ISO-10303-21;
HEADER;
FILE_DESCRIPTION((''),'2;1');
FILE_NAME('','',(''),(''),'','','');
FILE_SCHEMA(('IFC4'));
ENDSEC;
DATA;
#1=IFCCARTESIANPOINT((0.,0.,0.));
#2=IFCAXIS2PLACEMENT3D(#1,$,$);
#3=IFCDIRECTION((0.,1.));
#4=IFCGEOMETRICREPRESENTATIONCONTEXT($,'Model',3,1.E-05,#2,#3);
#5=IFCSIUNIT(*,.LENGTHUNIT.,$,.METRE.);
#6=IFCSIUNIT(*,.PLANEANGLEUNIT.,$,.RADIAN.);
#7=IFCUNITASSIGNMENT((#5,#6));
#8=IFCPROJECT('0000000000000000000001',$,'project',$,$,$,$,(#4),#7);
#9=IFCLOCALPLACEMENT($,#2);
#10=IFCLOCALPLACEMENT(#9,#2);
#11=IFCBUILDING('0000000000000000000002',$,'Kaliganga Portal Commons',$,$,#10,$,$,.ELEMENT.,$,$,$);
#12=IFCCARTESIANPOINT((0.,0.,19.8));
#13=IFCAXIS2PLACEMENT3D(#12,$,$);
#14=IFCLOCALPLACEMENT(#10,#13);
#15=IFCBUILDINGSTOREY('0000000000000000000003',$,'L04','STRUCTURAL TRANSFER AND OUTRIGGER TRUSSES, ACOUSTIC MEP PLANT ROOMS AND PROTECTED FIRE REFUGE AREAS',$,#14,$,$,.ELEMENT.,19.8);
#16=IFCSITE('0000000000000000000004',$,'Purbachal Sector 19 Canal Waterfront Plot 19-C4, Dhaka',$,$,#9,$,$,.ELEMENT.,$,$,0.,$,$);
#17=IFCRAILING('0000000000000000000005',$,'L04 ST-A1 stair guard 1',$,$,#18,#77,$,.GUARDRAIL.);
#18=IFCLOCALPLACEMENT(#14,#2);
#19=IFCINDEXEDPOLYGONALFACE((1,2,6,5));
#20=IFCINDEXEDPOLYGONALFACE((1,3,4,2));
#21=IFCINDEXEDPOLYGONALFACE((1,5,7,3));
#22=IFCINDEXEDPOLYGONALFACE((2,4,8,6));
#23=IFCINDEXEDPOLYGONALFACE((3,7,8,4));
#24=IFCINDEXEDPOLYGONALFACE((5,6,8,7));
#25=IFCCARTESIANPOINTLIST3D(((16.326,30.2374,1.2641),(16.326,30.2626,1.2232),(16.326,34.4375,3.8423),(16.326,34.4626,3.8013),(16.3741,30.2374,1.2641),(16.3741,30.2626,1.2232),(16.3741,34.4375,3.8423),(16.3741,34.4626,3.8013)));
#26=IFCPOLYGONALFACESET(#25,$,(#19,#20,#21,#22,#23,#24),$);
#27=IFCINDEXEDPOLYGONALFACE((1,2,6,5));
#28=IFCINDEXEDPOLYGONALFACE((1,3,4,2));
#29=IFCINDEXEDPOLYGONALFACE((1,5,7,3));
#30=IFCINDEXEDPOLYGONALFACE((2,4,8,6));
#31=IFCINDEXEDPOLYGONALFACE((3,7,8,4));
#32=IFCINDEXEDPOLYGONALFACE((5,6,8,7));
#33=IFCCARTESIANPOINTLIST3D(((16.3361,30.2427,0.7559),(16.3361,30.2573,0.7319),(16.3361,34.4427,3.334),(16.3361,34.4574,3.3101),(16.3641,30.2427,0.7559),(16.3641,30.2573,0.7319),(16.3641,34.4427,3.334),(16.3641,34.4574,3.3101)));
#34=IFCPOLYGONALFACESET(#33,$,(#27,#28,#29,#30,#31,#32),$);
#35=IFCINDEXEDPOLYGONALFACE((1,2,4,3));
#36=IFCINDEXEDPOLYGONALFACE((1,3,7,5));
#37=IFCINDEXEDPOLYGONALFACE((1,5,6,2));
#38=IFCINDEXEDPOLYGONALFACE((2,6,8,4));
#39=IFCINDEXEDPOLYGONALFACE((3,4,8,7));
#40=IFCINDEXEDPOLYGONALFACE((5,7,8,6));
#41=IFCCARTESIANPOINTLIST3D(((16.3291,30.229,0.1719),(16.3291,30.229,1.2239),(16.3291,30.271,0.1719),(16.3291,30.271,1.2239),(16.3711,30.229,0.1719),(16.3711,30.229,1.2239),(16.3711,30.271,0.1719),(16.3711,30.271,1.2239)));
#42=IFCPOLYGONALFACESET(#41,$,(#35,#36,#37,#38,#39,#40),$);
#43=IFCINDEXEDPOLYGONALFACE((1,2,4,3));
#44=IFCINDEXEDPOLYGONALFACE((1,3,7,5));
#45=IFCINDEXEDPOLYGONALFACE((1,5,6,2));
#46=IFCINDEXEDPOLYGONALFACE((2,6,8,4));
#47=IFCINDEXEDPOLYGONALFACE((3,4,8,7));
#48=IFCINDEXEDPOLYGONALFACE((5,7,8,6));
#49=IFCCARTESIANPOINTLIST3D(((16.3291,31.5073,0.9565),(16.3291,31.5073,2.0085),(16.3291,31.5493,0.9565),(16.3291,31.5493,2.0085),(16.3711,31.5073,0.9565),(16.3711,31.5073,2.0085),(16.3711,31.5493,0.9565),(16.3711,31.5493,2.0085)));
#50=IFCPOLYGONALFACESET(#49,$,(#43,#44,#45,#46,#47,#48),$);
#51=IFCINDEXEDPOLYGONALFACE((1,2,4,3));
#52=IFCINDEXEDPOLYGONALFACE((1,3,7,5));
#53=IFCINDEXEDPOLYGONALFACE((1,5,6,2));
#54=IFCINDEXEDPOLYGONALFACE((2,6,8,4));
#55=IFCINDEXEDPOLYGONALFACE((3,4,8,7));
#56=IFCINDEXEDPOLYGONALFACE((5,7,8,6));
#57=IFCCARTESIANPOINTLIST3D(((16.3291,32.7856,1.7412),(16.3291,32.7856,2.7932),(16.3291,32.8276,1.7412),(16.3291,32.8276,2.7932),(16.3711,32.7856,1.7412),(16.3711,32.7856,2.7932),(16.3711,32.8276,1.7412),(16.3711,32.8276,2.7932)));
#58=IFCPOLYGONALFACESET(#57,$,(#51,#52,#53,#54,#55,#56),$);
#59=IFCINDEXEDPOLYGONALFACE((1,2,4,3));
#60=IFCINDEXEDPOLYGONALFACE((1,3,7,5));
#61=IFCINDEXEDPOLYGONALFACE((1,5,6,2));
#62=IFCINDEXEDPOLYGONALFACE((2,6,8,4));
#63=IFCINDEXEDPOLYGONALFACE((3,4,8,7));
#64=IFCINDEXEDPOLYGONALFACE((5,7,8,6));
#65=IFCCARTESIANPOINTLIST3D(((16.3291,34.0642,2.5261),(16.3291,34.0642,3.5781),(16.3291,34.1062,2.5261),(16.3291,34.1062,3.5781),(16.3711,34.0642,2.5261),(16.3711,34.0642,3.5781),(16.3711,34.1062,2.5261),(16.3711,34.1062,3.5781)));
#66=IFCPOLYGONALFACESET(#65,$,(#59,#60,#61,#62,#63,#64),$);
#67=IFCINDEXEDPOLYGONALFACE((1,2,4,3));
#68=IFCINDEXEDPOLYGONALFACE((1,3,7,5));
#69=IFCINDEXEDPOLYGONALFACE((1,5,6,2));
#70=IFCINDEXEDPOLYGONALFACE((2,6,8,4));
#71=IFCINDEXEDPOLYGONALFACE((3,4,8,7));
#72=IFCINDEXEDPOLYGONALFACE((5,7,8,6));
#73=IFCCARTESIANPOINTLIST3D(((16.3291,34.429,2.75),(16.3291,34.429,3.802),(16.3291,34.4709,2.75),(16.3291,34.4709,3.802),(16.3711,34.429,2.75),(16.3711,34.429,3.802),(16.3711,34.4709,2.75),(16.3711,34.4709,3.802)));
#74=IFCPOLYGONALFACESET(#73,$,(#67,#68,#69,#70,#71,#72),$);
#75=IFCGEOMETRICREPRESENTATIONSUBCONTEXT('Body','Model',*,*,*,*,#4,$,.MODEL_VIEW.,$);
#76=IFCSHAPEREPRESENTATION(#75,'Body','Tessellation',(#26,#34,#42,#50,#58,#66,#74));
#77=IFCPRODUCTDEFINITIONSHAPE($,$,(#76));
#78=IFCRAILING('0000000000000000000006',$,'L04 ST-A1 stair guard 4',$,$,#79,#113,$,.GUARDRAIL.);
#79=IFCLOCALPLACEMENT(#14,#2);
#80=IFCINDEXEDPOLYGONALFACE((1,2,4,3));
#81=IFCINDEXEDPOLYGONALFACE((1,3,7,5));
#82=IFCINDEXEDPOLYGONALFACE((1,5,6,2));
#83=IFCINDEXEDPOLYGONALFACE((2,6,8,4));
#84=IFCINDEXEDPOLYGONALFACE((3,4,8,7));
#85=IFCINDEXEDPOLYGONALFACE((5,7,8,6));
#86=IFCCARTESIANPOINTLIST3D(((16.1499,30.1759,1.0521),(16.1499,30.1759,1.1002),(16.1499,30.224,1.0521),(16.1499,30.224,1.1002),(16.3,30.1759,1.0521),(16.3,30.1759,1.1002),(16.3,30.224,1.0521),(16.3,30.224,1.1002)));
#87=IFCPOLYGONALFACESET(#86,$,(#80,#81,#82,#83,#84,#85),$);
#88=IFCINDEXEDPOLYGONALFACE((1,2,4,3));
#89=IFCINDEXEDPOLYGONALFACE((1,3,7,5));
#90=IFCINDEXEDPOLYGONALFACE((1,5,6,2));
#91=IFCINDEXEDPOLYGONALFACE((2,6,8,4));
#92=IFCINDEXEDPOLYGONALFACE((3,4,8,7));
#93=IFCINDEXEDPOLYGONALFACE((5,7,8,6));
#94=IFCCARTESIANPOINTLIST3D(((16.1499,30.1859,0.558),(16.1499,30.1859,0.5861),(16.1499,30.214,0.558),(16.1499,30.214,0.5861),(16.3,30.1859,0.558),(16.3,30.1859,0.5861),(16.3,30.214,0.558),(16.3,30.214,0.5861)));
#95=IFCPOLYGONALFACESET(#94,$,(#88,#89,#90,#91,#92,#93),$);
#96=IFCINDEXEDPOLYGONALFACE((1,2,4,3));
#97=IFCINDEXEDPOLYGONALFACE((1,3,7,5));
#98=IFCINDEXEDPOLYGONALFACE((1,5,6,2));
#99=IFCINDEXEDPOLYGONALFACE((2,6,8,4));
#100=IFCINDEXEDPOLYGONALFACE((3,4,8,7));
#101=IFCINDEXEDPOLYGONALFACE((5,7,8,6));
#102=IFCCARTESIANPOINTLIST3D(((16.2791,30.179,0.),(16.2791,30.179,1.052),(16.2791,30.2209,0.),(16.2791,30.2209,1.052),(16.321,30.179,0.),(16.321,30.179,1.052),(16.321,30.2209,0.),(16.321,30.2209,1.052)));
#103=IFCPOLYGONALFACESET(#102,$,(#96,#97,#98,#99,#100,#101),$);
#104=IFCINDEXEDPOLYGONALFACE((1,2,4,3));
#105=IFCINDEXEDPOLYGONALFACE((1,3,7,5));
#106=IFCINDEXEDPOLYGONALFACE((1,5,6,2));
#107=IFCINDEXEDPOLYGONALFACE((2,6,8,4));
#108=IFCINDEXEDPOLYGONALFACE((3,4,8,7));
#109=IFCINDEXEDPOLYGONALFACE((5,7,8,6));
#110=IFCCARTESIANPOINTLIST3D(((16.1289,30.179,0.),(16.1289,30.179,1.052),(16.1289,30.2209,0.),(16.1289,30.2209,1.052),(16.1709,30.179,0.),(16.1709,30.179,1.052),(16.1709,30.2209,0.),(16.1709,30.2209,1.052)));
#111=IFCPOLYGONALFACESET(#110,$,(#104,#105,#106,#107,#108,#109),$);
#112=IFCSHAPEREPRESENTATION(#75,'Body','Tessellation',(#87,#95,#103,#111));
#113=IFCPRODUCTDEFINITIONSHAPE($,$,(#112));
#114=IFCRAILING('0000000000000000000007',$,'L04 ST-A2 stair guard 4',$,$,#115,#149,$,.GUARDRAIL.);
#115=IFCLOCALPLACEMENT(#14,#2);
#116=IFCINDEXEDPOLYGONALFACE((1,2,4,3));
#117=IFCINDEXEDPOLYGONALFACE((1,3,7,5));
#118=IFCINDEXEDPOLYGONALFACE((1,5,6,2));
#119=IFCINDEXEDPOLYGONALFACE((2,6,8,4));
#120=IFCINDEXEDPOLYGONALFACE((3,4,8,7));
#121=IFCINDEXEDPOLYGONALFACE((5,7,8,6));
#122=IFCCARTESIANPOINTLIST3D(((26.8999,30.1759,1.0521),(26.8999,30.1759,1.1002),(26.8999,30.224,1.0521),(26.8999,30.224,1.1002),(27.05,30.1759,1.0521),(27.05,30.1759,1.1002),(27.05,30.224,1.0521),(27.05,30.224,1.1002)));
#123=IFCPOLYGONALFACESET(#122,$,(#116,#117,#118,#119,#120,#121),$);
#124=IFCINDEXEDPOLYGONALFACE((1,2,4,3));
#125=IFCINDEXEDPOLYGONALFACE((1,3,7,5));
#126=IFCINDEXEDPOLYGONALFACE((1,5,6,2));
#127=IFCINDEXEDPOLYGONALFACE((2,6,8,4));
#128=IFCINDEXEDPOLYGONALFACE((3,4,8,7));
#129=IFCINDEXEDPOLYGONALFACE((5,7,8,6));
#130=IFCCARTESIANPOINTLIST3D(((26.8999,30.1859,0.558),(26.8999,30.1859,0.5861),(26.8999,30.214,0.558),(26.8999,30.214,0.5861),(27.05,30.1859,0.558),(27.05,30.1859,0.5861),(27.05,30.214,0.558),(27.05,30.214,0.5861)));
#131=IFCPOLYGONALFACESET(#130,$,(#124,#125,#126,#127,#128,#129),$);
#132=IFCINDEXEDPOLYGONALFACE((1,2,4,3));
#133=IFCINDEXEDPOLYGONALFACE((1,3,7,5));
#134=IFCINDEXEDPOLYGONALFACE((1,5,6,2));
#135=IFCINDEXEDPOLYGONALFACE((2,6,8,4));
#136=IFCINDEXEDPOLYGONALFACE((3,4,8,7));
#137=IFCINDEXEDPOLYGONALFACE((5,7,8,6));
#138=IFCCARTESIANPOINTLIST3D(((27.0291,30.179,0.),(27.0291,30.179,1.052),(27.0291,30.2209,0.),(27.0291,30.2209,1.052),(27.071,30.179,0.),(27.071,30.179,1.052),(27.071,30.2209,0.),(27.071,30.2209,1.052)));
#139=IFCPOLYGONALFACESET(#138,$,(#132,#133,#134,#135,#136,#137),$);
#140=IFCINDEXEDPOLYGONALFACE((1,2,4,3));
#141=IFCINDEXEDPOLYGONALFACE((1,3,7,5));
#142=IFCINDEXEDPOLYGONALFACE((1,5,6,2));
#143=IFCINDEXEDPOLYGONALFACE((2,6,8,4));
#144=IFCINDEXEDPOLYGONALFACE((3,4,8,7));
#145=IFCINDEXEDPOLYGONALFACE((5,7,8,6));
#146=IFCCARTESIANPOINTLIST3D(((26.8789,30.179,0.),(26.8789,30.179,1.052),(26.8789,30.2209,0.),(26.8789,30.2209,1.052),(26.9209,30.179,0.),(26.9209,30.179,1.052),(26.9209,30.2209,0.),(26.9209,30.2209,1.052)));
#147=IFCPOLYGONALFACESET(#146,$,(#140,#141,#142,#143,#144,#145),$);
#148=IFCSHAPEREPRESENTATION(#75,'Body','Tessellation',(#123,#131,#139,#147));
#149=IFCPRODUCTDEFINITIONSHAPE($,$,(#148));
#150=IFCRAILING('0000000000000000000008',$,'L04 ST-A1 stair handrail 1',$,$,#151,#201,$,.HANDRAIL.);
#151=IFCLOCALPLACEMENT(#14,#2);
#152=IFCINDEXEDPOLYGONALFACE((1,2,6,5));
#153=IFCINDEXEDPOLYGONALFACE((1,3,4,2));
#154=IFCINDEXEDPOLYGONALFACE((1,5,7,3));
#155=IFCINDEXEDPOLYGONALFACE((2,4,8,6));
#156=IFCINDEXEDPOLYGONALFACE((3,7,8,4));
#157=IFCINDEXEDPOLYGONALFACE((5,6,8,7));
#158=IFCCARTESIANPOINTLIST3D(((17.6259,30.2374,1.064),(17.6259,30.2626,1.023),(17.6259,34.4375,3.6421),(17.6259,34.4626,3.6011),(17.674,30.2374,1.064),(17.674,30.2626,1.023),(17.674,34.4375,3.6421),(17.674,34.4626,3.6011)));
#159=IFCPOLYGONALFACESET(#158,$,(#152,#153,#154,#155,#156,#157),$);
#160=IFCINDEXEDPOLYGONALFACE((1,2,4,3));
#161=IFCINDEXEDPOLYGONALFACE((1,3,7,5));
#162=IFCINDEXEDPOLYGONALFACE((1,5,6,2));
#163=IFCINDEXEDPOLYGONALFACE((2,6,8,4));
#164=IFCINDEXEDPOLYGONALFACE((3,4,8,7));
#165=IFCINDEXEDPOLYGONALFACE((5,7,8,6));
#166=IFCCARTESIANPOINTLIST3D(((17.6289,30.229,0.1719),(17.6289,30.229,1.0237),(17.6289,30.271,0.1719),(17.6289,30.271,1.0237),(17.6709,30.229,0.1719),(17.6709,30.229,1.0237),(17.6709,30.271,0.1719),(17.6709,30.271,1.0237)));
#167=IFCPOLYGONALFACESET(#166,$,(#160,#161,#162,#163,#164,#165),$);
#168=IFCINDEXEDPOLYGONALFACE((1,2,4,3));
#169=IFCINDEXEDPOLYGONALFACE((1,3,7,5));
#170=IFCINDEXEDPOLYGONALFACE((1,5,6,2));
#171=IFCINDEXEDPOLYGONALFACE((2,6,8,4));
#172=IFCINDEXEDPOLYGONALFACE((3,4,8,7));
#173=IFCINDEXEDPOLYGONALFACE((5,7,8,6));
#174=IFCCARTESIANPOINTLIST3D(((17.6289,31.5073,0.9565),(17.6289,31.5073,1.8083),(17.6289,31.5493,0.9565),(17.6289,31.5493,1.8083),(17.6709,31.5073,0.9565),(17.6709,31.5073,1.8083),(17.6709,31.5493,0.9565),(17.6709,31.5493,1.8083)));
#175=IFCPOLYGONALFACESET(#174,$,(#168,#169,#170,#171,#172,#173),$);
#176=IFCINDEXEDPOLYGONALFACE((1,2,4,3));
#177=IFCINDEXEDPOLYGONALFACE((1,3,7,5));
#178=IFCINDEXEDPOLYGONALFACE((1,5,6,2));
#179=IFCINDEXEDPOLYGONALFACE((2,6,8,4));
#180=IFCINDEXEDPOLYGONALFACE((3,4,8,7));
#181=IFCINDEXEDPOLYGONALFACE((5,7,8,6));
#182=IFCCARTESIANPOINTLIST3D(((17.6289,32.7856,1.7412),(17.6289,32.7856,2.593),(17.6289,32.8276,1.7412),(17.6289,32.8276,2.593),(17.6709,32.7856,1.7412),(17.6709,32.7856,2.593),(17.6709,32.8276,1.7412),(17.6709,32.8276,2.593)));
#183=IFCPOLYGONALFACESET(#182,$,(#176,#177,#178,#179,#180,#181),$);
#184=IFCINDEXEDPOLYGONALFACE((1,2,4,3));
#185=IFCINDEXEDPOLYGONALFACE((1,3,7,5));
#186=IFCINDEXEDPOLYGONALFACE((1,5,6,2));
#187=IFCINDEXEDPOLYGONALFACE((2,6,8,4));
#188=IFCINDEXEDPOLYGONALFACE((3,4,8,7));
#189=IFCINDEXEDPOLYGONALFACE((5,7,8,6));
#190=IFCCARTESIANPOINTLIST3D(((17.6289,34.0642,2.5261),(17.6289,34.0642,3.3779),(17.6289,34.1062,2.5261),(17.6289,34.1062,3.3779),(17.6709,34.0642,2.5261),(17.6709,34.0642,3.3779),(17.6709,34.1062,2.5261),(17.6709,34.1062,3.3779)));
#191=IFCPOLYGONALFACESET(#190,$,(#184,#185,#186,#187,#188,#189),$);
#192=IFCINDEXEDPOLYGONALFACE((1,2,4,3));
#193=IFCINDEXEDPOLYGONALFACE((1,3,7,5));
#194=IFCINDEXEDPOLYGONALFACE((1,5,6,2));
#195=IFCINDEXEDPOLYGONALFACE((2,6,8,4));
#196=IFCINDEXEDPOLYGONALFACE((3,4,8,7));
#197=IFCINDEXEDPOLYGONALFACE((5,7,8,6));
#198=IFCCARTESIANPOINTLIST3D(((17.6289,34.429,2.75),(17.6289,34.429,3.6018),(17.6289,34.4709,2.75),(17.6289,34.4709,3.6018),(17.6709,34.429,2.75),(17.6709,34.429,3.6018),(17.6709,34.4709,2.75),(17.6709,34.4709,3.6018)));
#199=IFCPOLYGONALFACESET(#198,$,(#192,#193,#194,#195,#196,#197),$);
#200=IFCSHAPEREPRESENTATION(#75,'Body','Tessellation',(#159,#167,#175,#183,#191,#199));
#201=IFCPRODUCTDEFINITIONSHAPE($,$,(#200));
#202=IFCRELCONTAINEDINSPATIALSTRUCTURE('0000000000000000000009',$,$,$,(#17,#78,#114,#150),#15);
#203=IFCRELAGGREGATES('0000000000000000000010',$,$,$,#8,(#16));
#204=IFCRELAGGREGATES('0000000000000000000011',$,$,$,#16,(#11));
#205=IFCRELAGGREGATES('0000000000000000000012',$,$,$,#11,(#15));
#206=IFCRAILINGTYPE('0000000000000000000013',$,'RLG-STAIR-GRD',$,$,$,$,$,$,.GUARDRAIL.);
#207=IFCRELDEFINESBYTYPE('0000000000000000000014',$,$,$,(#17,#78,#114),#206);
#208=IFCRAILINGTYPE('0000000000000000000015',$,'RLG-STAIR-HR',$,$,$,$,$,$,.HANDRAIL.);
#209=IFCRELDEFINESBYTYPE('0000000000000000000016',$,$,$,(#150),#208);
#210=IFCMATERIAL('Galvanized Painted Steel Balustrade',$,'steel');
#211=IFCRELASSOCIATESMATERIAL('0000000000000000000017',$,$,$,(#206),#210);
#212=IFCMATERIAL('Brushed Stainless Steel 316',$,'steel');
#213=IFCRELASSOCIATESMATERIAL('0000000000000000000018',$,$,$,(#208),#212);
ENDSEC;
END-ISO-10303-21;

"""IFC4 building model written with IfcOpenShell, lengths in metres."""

from ifc_helpers import new_model, si_unit, direction, frame, origin, origin_2d, place, context, subcontext, project, spatial, rectangle, extrude, material, type_object, element, save


model = new_model("IFC4")

# Units and contexts
model_context = context("Model", 3, precision=1e-05, world=origin(), true_north=direction((0.0, 1.0)))
body_context = subcontext(model_context, "Body", "Model", "MODEL_VIEW")
ifc_project = project(units=[si_unit("LENGTHUNIT", "METRE"), si_unit("PLANEANGLEUNIT", "RADIAN")], contexts=[model_context])

# Site, building, storey
site_placement = place(None, origin())
site = spatial("IfcSite", under=ifc_project, at=site_placement, Name="Purbachal Sector 19 Canal Waterfront Plot 19-C4, Dhaka", CompositionType="ELEMENT", RefElevation=0.0)
building_placement = place(site_placement, origin())
building = spatial("IfcBuilding", under=site, at=building_placement, Name="Kaliganga Portal Commons", CompositionType="ELEMENT")
storey_placement = place(building_placement, frame((0.0, 0.0, 19.8)))
storey = spatial("IfcBuildingStorey", under=building, at=storey_placement, Name="L04", Description="STRUCTURAL TRANSFER AND OUTRIGGER TRUSSES, ACOUSTIC MEP PLANT ROOMS AND PROTECTED FIRE REFUGE AREAS", CompositionType="ELEMENT", Elevation=19.8)

# Railings
ifc_material_1 = material(Name="Galvanized Painted Steel Balustrade", Category="steel")
railing_type_1 = type_object("IfcRailingType", Name="RLG-STAIR-GRD", PredefinedType="GUARDRAIL", material=ifc_material_1)
railing_1_placement = place(storey_placement, frame((16.3501, 30.25, 0.1719)))
element("IfcRailing", 1, at=railing_1_placement, inside=storey, type_object=railing_type_1, Name="L04 ST-A1 stair guard 1", PredefinedType="GUARDRAIL", context=body_context, shape_type="SweptSolid", body=[
    extrude(rectangle(XDim=0.0481, YDim=0.0481, at=origin_2d()), frame((0.0, 0.0, 1.0718), z_axis=(0.0, 0.852243, 0.523146), x_axis=(-1.0, 0.0, 0.0)), (0.0, 0.0, 1.0), 4.9282),
    extrude(rectangle(XDim=0.0281, YDim=0.0281, at=origin_2d()), frame((0.0, 0.0, 0.572), z_axis=(0.0, 0.852243, 0.523146), x_axis=(-1.0, 0.0, 0.0)), (0.0, 0.0, 1.0), 4.9282),
    extrude(rectangle(XDim=0.042, YDim=0.042, at=origin_2d()), origin(), (0.0, 0.0, 1.0), 1.052),
    extrude(rectangle(XDim=0.042, YDim=0.042, at=origin_2d()), frame((0.0, 1.2783, 0.7847)), (0.0, 0.0, 1.0), 1.052),
    extrude(rectangle(XDim=0.042, YDim=0.042, at=origin_2d()), frame((0.0, 2.5566, 1.5693)), (0.0, 0.0, 1.0), 1.052),
    extrude(rectangle(XDim=0.042, YDim=0.042, at=origin_2d()), frame((0.0, 3.8352, 2.3542)), (0.0, 0.0, 1.0), 1.052),
    extrude(rectangle(XDim=0.042, YDim=0.042, at=origin_2d()), frame((0.0, 4.2, 2.5781)), (0.0, 0.0, 1.0), 1.052),
])
for number, where, name in (
    (2, (16.3, 30.2, 0.0), "L04 ST-A1 stair guard 4"),
    (3, (27.05, 30.2, 0.0), "L04 ST-A2 stair guard 4"),
):
    element("IfcRailing", number, at=place(storey_placement, frame(where)), inside=storey, type_object=railing_type_1, Name=name, PredefinedType="GUARDRAIL", context=body_context, shape_type="SweptSolid", body=[
        extrude(rectangle(XDim=0.0481, YDim=0.0481, at=origin_2d()), frame((0.0, 0.0, 1.0762), z_axis=(-1.0, 0.0, 0.0), x_axis=(0.0, -1.0, 0.0)), (0.0, 0.0, 1.0), 0.1501),
        extrude(rectangle(XDim=0.0281, YDim=0.0281, at=origin_2d()), frame((0.0, 0.0, 0.572), z_axis=(-1.0, 0.0, 0.0), x_axis=(0.0, -1.0, 0.0)), (0.0, 0.0, 1.0), 0.1501),
        extrude(rectangle(XDim=0.042, YDim=0.042, at=origin_2d()), origin(), (0.0, 0.0, 1.0), 1.052),
        extrude(rectangle(XDim=0.042, YDim=0.042, at=origin_2d()), frame((-0.1501, 0.0, 0.0)), (0.0, 0.0, 1.0), 1.052),
    ])
ifc_material_2 = material(Name="Brushed Stainless Steel 316", Category="steel")
railing_type_2 = type_object("IfcRailingType", Name="RLG-STAIR-HR", PredefinedType="HANDRAIL", material=ifc_material_2)
railing_2_placement = place(storey_placement, frame((17.6499, 30.25, 0.1719)))
element("IfcRailing", 4, at=railing_2_placement, inside=storey, type_object=railing_type_2, Name="L04 ST-A1 stair handrail 1", PredefinedType="HANDRAIL", context=body_context, shape_type="SweptSolid", body=[
    extrude(rectangle(XDim=0.0481, YDim=0.0481, at=origin_2d()), frame((0.0, 0.0, 0.8716), z_axis=(0.0, 0.852243, 0.523146), x_axis=(-1.0, 0.0, 0.0)), (0.0, 0.0, 1.0), 4.9282),
    extrude(rectangle(XDim=0.042, YDim=0.042, at=origin_2d()), origin(), (0.0, 0.0, 1.0), 0.8518),
    extrude(rectangle(XDim=0.042, YDim=0.042, at=origin_2d()), frame((0.0, 1.2783, 0.7847)), (0.0, 0.0, 1.0), 0.8518),
    extrude(rectangle(XDim=0.042, YDim=0.042, at=origin_2d()), frame((0.0, 2.5566, 1.5693)), (0.0, 0.0, 1.0), 0.8518),
    extrude(rectangle(XDim=0.042, YDim=0.042, at=origin_2d()), frame((0.0, 3.8352, 2.3542)), (0.0, 0.0, 1.0), 0.8518),
    extrude(rectangle(XDim=0.042, YDim=0.042, at=origin_2d()), frame((0.0, 4.2, 2.5781)), (0.0, 0.0, 1.0), 0.8518),
])

save(model, "model.ifc")
